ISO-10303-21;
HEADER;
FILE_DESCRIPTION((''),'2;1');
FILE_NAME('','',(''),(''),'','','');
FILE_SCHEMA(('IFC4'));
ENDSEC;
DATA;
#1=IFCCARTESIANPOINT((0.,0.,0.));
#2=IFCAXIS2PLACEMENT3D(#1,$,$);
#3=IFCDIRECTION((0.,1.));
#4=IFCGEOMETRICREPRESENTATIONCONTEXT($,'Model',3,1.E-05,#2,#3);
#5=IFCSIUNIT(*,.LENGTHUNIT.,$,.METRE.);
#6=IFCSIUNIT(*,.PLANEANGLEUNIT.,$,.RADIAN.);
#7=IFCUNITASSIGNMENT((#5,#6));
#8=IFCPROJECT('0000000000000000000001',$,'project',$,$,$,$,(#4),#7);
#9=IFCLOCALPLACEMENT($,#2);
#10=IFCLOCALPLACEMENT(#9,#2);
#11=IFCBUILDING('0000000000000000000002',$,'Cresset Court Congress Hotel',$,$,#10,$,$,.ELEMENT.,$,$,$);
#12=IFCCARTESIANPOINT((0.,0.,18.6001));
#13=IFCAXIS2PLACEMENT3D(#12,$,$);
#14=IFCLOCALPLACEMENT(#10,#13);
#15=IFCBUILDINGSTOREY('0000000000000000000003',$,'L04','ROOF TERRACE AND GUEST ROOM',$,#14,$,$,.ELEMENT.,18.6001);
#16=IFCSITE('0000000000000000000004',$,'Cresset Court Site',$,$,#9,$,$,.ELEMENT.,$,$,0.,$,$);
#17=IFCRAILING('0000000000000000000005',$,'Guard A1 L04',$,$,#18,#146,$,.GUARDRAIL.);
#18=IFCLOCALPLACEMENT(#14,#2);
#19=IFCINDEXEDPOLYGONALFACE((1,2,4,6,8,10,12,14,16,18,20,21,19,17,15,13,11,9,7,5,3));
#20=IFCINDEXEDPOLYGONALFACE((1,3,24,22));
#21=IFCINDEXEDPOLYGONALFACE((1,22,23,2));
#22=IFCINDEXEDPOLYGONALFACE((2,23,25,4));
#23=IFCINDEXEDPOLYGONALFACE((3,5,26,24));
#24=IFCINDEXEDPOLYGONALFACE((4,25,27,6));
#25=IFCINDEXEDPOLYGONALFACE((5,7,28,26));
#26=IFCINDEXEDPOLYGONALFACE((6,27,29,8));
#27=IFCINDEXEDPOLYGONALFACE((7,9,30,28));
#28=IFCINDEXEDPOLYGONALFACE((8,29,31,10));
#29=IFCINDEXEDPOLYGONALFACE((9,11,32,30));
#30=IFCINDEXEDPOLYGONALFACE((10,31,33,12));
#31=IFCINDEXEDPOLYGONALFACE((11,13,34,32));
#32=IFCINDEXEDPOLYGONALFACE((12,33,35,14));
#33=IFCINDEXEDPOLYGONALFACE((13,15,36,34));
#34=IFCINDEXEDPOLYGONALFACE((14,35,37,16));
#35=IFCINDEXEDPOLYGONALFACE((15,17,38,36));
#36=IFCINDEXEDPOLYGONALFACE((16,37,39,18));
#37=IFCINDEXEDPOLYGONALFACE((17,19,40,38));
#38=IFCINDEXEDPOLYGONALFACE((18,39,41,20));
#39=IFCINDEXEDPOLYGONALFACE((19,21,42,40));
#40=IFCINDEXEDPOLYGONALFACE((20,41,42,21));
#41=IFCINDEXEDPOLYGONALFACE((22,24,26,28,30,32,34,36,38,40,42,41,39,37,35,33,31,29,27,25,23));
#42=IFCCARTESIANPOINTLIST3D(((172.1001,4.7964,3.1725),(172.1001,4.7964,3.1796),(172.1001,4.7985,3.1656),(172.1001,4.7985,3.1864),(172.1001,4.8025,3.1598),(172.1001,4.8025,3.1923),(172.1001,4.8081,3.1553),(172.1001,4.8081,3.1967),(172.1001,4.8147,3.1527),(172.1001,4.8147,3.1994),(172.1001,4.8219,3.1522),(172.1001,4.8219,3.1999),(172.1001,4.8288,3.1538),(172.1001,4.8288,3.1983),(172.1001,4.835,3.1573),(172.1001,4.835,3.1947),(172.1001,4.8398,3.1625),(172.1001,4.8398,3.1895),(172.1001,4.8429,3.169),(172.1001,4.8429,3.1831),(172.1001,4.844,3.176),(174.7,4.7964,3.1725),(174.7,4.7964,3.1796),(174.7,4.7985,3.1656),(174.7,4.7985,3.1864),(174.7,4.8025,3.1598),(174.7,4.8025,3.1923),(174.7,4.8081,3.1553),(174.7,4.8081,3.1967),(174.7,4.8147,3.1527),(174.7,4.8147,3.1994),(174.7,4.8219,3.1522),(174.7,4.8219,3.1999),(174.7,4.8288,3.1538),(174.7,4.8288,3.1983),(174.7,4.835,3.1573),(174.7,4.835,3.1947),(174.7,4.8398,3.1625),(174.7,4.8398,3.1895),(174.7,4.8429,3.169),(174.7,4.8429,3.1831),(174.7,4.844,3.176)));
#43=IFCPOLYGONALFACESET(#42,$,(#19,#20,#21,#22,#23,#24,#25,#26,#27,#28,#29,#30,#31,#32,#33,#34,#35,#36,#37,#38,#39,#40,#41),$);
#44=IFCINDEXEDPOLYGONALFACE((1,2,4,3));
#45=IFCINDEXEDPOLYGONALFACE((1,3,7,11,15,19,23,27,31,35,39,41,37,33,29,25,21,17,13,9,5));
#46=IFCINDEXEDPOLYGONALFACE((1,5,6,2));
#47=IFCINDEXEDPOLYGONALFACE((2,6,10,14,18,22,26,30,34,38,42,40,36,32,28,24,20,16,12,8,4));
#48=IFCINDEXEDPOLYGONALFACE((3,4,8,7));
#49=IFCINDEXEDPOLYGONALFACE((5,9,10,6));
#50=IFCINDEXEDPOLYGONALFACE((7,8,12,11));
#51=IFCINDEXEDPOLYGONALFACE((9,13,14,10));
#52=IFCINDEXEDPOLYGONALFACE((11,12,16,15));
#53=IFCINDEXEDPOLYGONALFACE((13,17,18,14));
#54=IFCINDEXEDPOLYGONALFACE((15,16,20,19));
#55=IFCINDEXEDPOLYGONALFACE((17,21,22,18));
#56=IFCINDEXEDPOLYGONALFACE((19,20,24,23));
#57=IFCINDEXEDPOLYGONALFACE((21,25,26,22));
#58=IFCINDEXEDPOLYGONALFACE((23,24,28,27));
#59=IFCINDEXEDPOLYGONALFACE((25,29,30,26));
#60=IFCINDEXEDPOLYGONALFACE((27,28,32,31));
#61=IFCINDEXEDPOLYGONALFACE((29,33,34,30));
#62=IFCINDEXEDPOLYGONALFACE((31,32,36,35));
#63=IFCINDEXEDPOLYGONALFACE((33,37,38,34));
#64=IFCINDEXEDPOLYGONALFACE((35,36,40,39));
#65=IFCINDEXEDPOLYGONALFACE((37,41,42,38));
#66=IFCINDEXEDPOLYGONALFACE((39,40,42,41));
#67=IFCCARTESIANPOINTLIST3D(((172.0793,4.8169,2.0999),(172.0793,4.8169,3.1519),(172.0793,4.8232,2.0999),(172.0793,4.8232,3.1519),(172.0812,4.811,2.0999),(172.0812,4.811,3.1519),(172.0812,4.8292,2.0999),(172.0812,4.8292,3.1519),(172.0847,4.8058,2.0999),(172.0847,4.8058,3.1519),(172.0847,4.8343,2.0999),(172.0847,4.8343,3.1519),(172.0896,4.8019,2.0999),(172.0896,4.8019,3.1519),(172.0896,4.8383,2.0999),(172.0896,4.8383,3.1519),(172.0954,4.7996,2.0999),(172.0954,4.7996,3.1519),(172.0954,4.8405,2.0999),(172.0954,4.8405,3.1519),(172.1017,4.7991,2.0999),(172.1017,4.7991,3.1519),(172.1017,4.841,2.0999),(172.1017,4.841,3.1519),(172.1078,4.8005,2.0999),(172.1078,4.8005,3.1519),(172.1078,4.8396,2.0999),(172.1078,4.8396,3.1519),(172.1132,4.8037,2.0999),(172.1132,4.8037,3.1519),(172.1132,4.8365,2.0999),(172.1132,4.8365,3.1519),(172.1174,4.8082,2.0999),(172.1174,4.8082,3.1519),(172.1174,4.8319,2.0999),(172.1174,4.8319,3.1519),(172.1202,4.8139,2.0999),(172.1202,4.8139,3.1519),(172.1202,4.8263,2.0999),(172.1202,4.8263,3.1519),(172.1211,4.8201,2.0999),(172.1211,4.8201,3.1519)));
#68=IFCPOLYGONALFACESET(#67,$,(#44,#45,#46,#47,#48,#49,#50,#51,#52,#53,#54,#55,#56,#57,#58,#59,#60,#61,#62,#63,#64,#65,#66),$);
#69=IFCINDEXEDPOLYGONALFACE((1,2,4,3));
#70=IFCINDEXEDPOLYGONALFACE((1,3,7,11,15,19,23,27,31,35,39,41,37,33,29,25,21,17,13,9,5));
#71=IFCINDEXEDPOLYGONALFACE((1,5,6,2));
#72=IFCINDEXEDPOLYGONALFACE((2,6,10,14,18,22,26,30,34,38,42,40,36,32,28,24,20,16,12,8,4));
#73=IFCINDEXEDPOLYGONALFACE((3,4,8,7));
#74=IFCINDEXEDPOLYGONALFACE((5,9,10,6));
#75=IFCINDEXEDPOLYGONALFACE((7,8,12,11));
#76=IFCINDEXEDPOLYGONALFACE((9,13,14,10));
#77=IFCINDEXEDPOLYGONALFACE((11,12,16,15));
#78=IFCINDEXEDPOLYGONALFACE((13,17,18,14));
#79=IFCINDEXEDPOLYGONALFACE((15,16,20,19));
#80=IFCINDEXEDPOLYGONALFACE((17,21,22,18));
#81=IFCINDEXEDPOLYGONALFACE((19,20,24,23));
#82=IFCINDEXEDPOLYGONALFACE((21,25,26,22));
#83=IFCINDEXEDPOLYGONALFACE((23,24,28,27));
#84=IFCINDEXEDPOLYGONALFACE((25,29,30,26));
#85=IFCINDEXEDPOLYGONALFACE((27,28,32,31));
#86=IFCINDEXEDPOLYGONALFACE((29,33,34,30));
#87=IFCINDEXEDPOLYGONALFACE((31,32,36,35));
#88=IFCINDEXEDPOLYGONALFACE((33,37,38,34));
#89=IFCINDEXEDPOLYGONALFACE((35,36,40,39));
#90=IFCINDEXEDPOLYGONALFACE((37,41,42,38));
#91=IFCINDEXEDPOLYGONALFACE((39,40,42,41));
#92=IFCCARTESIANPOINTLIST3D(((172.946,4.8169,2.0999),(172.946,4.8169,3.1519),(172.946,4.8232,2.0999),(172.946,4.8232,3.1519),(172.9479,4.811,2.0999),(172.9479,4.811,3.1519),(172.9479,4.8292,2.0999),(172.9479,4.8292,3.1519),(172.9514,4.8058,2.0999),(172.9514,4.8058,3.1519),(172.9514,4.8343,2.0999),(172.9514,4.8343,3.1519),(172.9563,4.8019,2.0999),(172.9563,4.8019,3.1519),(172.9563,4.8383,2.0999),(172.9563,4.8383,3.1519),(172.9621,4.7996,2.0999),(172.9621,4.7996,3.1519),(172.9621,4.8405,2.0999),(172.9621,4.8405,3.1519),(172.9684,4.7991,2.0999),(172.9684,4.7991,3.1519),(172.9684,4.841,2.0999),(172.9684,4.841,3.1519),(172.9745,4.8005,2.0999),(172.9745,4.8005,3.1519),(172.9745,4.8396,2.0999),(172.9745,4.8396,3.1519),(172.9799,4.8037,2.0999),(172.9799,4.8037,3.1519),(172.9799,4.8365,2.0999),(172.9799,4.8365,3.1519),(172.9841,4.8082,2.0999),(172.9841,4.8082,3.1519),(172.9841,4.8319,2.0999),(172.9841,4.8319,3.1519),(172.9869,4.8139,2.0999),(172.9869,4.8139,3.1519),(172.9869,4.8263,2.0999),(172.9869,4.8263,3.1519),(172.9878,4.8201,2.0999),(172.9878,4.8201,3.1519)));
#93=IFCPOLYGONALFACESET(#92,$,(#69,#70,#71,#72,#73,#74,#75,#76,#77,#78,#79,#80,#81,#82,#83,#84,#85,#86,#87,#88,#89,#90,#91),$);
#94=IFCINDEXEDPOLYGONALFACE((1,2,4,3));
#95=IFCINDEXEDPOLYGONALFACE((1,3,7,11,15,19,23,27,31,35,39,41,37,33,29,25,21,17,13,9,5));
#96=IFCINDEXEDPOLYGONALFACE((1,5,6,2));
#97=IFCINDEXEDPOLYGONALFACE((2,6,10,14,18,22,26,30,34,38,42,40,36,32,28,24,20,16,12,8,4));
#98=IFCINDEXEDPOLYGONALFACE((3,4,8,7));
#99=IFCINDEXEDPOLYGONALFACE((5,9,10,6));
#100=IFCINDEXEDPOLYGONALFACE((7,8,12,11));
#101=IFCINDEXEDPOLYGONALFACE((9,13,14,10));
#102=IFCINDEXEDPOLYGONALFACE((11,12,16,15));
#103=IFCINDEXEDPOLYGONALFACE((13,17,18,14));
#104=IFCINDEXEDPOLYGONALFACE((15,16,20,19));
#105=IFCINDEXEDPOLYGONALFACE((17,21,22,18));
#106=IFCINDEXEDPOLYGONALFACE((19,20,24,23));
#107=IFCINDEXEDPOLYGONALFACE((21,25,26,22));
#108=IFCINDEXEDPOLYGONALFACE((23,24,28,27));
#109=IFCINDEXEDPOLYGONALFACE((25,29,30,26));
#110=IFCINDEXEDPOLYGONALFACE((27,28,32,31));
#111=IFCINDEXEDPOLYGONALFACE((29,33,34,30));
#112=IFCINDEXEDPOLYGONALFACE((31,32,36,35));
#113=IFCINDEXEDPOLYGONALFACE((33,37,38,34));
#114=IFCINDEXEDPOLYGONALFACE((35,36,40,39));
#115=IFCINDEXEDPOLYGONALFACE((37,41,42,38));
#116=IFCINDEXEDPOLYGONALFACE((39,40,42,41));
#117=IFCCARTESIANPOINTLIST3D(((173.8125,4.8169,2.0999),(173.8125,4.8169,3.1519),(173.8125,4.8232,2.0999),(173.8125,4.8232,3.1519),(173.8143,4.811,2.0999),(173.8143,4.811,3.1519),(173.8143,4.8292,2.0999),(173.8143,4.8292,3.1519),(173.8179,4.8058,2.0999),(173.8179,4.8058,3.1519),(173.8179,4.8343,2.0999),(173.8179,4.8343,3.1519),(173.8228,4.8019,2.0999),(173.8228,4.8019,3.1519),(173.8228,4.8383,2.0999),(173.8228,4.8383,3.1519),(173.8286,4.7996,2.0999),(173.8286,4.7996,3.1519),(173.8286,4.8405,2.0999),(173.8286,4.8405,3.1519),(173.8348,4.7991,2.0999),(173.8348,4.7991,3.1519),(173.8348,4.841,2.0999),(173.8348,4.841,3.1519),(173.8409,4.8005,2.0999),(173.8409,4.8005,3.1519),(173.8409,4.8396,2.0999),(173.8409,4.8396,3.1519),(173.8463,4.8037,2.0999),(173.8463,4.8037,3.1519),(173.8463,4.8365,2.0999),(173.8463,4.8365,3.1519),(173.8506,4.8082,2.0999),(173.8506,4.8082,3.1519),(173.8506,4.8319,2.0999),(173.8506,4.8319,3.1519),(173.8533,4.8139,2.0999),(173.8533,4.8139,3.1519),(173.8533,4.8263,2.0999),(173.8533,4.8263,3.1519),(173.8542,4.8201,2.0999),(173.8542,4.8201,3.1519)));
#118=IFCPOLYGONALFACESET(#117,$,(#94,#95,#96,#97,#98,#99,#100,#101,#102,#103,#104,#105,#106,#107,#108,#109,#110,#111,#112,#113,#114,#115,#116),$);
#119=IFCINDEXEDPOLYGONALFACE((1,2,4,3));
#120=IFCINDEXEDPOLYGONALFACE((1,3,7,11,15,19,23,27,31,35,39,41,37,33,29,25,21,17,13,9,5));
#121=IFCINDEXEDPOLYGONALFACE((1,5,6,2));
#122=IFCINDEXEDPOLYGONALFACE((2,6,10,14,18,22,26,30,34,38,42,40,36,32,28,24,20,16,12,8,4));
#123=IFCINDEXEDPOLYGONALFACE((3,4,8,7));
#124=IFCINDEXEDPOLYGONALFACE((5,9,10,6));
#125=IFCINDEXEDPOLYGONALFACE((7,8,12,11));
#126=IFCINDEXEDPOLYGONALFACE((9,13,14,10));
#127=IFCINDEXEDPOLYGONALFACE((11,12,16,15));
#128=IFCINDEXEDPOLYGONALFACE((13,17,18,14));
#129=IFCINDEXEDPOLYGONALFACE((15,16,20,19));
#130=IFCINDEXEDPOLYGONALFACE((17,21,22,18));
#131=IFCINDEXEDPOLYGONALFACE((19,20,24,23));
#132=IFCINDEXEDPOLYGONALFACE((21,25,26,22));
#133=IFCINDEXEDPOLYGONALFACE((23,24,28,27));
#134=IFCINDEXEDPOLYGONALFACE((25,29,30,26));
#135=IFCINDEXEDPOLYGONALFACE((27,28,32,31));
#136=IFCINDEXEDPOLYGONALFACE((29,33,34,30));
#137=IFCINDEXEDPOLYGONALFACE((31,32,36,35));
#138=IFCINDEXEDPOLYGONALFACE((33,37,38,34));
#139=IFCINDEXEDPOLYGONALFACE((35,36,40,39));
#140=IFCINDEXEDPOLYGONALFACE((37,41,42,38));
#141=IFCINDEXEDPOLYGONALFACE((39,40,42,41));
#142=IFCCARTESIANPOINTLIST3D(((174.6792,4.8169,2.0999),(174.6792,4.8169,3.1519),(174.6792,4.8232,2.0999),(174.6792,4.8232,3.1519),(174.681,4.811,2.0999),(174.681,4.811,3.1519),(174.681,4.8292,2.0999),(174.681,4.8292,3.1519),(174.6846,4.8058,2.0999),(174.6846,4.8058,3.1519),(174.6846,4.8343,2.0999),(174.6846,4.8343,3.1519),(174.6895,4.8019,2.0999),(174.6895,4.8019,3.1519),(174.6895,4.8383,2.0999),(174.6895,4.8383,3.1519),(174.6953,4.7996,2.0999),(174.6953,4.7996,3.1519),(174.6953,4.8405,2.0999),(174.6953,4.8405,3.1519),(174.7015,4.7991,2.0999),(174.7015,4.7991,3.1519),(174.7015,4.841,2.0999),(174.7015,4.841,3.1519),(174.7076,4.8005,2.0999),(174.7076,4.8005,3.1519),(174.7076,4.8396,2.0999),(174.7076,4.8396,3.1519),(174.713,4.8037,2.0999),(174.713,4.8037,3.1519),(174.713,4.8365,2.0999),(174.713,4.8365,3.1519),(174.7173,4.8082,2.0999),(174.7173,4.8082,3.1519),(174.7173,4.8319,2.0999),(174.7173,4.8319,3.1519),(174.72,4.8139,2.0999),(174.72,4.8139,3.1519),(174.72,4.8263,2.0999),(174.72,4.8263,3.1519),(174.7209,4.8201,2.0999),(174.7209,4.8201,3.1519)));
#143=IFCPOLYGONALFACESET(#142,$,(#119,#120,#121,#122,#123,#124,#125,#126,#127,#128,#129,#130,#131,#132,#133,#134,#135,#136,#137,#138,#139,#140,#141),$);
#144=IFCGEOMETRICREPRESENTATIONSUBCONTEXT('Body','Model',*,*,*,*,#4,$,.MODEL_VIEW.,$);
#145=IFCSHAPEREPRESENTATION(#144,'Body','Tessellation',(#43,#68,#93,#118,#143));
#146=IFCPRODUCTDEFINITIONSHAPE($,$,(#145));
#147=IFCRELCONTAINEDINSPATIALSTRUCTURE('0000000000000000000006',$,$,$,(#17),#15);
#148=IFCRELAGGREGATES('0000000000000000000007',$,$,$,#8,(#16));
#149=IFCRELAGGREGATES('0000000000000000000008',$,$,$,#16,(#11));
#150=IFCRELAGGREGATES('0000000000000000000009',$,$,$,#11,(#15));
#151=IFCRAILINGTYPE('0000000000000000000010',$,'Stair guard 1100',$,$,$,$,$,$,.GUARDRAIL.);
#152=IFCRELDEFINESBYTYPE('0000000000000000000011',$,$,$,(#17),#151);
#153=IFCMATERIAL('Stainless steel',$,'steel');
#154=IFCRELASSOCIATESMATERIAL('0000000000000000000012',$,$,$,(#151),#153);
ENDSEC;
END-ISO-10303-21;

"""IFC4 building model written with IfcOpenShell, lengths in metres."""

from ifc_helpers import new_model, si_unit, direction, frame, origin, origin_2d, place, context, subcontext, project, spatial, circle, extrude, material, type_object, element, save


model = new_model("IFC4")

# Units and contexts
model_context = context("Model", 3, precision=1e-05, world=origin(), true_north=direction((0.0, 1.0)))
body_context = subcontext(model_context, "Body", "Model", "MODEL_VIEW")
ifc_project = project(units=[si_unit("LENGTHUNIT", "METRE"), si_unit("PLANEANGLEUNIT", "RADIAN")], contexts=[model_context])

# Site, building, storey
site_placement = place(None, origin())
site = spatial("IfcSite", under=ifc_project, at=site_placement, Name="Cresset Court Site", CompositionType="ELEMENT", RefElevation=0.0)
building_placement = place(site_placement, origin())
building = spatial("IfcBuilding", under=site, at=building_placement, Name="Cresset Court Congress Hotel", CompositionType="ELEMENT")
storey_placement = place(building_placement, frame((0.0, 0.0, 18.6001)))
storey = spatial("IfcBuildingStorey", under=building, at=storey_placement, Name="L04", Description="ROOF TERRACE AND GUEST ROOM", CompositionType="ELEMENT", Elevation=18.6001)

# Railing
ifc_material_1 = material(Name="Stainless steel", Category="steel")
railing_type_1 = type_object("IfcRailingType", Name="Stair guard 1100", PredefinedType="GUARDRAIL", material=ifc_material_1)
for number, where, name in (
    (1, (172.1001, 4.8201, 2.0999), "Guard A1 L04"),
):
    element("IfcRailing", number, at=place(storey_placement, frame(where)), inside=storey, type_object=railing_type_1, Name=name, PredefinedType="GUARDRAIL", context=body_context, shape_type="SweptSolid", body=[
        extrude(circle(Radius=0.0239, at=origin_2d()), frame((0.0, 0.0, 1.0762), z_axis=(1.0, 0.0, 0.0), x_axis=(0.0, 1.0, 0.0)), (0.0, 0.0, 1.0), 2.5999),
        extrude(circle(Radius=0.021, at=origin_2d()), origin(), (0.0, 0.0, 1.0), 1.052),
        extrude(circle(Radius=0.021, at=origin_2d()), frame((0.8667, 0.0, 0.0)), (0.0, 0.0, 1.0), 1.052),
        extrude(circle(Radius=0.021, at=origin_2d()), frame((1.7332, 0.0, 0.0)), (0.0, 0.0, 1.0), 1.052),
        extrude(circle(Radius=0.021, at=origin_2d()), frame((2.5999, 0.0, 0.0)), (0.0, 0.0, 1.0), 1.052),
    ])

save(model, "model.ifc")
